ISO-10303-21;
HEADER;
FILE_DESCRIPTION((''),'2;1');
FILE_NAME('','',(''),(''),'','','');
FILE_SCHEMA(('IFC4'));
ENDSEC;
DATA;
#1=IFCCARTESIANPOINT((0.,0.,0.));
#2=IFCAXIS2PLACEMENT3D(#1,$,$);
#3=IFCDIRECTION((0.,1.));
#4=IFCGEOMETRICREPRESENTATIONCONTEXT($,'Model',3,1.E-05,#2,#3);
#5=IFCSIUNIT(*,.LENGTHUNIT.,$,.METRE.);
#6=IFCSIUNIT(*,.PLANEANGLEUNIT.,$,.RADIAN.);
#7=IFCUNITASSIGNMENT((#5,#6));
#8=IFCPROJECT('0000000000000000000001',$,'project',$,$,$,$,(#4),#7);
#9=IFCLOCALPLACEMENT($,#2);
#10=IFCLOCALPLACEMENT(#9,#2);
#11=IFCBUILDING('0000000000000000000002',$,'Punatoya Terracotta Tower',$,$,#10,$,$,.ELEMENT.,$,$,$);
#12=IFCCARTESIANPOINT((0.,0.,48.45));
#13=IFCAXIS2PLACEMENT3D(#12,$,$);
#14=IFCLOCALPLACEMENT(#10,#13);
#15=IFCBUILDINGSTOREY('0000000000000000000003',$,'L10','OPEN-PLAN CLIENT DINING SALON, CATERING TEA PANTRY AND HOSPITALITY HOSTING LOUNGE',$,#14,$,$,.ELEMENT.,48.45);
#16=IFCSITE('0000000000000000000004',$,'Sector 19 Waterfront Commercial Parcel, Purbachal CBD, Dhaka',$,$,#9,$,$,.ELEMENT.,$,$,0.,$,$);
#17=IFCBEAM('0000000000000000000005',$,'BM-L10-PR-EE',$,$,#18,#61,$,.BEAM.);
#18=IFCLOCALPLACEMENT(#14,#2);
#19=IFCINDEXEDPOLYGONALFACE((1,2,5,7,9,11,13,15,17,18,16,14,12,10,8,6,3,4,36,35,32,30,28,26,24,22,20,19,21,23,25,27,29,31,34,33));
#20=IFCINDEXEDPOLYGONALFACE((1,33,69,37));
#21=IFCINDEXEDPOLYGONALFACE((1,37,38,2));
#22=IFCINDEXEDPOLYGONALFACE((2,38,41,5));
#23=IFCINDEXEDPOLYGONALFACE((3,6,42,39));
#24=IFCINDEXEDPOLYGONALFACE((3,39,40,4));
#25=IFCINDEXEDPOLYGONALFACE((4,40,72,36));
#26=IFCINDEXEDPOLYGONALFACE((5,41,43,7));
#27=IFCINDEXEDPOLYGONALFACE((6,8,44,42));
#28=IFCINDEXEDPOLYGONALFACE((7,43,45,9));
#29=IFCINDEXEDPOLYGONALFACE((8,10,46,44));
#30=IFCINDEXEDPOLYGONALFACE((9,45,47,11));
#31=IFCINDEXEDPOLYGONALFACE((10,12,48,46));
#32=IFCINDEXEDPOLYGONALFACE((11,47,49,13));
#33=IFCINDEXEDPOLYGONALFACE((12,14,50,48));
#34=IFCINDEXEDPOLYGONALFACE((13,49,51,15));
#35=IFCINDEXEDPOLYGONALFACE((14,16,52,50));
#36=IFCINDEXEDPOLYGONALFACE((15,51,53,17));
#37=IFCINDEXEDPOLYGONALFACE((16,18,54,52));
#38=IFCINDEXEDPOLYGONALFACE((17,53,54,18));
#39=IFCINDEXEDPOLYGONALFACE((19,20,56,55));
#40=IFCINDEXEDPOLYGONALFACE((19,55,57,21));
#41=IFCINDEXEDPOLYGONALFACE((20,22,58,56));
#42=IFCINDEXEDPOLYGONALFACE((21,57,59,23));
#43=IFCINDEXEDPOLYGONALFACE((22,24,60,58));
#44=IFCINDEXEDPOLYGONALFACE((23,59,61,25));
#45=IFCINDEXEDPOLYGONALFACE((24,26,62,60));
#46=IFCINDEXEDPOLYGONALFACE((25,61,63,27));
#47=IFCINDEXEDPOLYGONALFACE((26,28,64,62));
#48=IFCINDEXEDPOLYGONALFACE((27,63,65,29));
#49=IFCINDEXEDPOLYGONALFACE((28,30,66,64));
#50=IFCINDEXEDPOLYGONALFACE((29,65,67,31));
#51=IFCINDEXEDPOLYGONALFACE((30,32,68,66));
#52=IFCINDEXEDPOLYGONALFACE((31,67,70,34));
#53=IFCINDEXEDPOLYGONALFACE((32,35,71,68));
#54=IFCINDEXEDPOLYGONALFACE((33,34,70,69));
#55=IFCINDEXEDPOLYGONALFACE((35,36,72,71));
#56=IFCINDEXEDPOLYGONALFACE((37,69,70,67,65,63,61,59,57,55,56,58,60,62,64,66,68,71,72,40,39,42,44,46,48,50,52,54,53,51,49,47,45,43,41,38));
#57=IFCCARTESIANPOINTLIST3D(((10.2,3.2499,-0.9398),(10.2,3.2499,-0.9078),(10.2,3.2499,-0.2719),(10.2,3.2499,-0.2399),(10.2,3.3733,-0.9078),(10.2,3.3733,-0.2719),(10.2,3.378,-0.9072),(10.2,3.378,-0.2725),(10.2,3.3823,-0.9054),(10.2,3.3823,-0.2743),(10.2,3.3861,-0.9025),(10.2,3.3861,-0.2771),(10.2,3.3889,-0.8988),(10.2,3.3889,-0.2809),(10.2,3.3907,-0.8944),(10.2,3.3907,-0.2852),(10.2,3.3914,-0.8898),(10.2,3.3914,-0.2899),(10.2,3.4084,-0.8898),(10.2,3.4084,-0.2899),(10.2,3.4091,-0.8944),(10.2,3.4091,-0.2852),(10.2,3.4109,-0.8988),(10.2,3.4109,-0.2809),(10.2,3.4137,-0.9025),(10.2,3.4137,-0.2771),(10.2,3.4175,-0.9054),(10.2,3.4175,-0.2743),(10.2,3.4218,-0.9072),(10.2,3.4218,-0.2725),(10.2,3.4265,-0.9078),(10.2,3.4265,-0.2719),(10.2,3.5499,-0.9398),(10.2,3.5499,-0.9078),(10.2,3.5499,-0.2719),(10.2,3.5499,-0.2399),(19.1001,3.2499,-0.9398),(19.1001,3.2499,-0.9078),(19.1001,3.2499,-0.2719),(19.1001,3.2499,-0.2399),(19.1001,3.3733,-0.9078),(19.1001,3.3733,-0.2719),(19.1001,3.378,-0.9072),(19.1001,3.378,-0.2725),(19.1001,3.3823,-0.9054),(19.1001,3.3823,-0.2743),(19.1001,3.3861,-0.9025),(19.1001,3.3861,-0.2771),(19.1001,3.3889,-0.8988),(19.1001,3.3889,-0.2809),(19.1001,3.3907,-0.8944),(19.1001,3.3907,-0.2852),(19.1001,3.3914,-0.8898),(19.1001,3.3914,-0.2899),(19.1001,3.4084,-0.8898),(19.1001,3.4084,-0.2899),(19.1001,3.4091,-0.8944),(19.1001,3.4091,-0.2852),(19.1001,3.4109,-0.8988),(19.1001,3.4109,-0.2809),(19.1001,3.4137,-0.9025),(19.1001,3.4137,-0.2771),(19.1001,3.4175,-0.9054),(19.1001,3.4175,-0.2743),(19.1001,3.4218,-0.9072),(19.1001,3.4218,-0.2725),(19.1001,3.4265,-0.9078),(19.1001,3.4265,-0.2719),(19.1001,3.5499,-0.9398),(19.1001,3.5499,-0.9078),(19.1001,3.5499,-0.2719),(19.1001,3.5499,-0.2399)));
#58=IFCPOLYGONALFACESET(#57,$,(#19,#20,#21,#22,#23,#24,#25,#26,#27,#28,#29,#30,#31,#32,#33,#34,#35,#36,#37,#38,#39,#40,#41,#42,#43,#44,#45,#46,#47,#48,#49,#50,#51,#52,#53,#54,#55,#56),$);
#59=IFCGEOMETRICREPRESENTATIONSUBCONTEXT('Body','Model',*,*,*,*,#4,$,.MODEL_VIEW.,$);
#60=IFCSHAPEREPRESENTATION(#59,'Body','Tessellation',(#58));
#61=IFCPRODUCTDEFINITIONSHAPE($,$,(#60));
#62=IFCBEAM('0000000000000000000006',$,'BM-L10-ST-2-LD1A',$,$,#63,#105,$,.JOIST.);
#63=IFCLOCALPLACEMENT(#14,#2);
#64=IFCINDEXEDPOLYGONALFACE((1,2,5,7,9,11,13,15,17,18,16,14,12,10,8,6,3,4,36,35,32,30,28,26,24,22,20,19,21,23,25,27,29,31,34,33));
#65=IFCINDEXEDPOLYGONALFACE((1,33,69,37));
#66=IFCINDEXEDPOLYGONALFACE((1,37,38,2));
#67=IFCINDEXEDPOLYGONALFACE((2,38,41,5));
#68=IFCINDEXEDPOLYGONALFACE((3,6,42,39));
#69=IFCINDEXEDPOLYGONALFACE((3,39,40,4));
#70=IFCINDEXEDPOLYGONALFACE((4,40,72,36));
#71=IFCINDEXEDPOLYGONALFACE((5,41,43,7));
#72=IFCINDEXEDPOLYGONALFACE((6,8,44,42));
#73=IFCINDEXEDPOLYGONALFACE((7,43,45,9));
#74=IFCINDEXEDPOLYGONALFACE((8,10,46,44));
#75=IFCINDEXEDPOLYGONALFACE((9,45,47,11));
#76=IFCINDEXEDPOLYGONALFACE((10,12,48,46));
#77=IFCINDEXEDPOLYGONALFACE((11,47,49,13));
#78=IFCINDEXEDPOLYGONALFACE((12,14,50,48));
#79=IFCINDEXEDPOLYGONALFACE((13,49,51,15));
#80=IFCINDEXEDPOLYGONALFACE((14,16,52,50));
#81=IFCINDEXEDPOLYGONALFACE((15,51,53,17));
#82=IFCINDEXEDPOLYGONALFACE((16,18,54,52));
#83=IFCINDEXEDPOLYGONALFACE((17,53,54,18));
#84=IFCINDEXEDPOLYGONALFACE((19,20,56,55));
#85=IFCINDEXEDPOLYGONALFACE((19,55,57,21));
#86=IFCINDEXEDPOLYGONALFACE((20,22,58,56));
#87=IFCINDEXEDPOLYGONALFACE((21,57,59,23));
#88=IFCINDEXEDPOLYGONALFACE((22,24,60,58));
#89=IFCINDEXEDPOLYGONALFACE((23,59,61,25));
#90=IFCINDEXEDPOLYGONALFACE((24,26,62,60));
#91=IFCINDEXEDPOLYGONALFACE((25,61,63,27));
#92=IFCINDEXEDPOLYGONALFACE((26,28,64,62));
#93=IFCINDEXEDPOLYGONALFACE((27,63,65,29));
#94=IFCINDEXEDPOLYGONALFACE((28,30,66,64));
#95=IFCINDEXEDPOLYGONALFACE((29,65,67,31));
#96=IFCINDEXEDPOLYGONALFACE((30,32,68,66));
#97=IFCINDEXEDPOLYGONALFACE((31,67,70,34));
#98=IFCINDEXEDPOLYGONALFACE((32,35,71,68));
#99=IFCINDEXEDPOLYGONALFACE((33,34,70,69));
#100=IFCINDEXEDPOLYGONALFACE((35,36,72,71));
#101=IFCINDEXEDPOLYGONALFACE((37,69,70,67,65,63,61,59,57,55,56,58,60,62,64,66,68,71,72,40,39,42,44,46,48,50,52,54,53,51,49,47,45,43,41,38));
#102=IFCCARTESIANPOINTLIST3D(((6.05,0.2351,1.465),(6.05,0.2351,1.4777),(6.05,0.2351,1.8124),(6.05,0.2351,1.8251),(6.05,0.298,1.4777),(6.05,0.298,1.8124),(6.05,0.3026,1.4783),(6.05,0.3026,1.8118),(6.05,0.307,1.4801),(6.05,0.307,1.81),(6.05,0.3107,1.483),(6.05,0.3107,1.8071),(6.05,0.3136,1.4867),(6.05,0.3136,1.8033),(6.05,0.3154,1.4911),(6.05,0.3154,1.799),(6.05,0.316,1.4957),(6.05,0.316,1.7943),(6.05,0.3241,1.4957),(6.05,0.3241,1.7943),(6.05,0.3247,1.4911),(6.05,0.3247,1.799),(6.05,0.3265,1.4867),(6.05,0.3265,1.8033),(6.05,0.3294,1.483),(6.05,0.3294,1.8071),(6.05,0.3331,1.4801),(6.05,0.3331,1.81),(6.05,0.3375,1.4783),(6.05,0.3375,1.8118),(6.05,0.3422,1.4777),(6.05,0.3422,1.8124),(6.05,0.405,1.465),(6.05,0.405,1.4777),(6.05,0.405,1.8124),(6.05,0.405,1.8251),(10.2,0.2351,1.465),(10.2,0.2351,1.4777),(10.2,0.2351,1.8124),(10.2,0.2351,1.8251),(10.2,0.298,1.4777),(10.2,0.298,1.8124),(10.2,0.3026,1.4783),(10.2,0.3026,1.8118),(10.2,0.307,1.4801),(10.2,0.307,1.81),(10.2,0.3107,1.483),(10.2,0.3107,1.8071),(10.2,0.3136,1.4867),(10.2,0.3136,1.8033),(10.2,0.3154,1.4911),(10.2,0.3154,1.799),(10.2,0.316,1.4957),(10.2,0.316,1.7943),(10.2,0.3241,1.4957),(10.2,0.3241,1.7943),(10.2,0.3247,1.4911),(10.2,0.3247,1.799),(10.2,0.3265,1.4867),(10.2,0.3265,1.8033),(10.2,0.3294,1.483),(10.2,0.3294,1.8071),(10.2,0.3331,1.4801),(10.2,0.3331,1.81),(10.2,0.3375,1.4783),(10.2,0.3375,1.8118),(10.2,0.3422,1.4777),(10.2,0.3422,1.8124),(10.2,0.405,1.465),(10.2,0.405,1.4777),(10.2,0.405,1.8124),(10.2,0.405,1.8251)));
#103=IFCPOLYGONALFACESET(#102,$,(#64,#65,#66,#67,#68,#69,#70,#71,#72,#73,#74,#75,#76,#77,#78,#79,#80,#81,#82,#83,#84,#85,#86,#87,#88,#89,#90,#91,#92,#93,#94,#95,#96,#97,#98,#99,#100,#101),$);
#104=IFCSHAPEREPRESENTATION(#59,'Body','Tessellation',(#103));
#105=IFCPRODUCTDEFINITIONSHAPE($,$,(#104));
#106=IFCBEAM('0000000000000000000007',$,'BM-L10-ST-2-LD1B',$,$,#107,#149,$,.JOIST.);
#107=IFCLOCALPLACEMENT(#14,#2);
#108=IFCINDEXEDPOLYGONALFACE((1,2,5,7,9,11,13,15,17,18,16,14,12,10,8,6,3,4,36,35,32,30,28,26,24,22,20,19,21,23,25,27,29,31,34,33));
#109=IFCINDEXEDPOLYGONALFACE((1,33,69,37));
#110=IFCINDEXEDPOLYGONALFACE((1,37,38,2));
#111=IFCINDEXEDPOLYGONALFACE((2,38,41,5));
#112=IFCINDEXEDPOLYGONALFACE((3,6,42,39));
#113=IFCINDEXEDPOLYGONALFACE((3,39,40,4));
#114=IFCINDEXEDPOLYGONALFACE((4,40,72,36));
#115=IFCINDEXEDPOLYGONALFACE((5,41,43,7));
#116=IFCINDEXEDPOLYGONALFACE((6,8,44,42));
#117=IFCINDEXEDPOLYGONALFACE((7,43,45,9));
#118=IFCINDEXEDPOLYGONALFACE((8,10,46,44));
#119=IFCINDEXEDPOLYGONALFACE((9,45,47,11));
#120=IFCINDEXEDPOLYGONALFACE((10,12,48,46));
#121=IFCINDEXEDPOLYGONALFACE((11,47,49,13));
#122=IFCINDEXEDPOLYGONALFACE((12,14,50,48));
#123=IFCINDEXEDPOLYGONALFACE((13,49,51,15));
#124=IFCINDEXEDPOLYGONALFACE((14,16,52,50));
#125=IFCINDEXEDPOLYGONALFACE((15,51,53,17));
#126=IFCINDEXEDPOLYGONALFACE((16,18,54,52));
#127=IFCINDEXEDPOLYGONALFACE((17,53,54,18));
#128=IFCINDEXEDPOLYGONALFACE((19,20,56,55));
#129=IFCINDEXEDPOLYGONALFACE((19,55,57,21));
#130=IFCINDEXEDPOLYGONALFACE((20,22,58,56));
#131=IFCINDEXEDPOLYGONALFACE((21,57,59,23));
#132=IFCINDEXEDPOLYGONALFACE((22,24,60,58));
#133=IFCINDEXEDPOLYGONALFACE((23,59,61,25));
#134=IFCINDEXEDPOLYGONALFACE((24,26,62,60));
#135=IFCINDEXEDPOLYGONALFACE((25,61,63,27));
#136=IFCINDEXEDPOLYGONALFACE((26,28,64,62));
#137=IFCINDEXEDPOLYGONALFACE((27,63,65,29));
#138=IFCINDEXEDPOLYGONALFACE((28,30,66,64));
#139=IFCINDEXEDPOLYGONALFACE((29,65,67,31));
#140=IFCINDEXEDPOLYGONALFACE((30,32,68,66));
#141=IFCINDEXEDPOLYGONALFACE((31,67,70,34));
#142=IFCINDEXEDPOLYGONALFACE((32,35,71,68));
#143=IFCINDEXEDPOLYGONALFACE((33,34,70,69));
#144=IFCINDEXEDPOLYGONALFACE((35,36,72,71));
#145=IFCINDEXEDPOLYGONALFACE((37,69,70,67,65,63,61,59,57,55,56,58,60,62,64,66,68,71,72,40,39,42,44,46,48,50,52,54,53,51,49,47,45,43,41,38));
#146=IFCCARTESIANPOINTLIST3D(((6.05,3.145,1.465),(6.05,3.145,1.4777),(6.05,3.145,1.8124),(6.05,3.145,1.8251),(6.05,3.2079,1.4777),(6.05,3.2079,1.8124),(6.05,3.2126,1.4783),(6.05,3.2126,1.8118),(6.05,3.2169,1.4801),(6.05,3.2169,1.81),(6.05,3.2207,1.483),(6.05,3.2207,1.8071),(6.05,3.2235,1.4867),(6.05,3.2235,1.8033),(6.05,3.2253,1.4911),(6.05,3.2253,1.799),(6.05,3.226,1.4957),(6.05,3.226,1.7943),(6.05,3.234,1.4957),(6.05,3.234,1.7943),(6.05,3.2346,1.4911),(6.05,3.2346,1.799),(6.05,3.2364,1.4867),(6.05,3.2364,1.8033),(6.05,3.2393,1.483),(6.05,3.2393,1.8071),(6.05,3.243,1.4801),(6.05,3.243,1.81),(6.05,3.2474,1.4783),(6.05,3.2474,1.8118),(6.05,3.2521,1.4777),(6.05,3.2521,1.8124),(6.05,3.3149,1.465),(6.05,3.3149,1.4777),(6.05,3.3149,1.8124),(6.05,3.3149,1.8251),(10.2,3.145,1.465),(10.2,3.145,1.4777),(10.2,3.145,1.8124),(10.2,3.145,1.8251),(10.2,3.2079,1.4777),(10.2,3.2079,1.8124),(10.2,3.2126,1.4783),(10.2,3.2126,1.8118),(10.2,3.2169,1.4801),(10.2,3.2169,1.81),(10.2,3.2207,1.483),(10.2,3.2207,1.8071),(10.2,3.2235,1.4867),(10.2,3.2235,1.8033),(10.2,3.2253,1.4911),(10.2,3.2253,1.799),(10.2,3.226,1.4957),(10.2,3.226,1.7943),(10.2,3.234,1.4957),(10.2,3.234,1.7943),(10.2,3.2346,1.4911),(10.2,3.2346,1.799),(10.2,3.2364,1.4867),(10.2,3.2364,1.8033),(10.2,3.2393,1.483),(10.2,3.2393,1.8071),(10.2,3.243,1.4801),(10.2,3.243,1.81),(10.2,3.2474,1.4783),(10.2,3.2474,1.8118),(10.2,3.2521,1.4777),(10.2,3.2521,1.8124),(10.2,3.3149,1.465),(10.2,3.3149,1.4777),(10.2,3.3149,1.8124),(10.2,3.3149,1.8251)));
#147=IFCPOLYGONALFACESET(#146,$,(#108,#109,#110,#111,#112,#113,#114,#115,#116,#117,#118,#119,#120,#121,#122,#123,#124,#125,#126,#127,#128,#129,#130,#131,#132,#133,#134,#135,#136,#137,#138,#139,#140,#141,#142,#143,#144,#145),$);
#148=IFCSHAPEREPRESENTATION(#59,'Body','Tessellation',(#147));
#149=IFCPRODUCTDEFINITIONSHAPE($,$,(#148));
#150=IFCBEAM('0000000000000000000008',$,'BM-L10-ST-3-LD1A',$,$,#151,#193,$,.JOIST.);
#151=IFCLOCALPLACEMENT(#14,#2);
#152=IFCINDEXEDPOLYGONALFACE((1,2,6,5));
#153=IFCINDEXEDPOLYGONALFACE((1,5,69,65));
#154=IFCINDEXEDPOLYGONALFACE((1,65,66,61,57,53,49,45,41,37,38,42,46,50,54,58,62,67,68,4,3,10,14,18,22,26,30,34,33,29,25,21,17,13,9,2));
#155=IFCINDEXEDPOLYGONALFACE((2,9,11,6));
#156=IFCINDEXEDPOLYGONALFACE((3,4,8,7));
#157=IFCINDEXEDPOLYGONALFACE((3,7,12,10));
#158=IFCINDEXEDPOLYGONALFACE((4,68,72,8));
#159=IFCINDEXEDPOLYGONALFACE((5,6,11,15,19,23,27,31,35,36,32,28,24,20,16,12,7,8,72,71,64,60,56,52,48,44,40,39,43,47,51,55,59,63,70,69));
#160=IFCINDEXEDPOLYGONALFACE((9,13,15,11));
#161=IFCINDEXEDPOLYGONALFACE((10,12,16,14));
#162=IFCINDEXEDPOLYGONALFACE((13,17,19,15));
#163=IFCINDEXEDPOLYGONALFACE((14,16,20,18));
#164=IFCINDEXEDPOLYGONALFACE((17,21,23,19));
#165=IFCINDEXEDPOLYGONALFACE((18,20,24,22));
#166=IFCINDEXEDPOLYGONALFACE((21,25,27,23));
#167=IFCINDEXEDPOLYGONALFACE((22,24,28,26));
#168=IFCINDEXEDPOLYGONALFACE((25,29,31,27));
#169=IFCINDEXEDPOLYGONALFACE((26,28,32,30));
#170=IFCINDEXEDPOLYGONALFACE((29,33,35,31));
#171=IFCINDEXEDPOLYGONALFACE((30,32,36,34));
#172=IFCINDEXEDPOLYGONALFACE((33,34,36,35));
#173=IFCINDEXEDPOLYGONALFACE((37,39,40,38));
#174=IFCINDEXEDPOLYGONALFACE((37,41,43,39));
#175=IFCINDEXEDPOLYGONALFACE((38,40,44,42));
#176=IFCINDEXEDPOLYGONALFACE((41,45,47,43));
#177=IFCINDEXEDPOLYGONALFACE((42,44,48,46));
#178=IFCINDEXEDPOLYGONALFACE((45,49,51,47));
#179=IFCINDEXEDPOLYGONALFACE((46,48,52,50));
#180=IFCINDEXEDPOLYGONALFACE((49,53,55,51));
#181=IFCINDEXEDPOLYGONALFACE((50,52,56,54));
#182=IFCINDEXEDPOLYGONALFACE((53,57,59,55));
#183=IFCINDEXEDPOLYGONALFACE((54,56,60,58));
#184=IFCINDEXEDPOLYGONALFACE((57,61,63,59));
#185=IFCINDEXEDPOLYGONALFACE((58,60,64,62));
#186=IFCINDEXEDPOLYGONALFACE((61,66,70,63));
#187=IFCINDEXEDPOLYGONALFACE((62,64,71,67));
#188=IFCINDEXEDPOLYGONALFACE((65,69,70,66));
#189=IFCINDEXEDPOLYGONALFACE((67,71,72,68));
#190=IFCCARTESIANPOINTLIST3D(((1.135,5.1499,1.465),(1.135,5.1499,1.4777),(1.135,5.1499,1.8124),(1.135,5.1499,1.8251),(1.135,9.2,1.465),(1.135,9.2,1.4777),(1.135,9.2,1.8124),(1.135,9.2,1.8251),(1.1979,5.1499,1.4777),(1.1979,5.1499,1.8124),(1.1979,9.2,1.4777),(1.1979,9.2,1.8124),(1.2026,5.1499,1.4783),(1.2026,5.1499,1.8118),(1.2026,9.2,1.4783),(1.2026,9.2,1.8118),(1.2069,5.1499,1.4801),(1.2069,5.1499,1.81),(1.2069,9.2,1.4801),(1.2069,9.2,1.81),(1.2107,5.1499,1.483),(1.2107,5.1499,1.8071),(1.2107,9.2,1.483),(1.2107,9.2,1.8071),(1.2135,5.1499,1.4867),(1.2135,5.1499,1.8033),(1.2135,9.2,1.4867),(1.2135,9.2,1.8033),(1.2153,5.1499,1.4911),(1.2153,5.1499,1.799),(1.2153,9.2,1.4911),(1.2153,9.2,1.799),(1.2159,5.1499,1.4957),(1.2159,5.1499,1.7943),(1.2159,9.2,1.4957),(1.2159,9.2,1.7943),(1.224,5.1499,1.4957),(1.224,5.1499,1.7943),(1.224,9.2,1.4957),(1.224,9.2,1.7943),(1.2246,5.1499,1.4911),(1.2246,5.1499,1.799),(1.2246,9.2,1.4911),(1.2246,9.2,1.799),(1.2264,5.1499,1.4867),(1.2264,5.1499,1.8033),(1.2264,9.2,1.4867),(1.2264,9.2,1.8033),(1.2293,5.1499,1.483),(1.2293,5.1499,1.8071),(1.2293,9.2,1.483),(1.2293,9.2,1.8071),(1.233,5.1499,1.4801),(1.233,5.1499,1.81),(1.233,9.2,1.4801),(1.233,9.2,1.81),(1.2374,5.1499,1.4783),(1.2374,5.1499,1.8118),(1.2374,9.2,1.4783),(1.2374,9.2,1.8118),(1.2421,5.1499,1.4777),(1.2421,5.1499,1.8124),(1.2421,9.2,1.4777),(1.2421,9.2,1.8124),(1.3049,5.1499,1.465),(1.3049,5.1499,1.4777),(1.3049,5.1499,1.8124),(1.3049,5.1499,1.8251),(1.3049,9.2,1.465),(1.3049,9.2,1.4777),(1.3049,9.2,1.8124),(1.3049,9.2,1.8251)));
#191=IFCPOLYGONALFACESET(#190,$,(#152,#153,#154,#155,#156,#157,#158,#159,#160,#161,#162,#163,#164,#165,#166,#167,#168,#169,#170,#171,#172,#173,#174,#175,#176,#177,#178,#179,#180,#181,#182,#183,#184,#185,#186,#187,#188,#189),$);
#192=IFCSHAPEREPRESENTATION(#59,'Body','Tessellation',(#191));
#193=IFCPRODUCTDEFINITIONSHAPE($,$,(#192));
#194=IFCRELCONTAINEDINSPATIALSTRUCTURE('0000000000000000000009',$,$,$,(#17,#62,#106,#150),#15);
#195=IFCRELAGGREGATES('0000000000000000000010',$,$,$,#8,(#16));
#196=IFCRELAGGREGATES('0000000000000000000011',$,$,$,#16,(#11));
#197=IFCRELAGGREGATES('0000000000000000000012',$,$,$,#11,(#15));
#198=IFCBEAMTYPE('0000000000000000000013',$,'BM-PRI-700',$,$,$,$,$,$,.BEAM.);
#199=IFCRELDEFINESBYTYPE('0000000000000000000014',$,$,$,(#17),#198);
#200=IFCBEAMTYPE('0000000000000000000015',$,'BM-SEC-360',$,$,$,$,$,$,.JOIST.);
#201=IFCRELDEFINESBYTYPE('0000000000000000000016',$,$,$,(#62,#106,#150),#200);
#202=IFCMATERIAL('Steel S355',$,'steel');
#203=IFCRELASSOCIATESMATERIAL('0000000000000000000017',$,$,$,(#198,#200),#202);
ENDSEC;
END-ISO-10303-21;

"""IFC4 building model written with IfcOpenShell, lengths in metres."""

from ifc_helpers import new_model, si_unit, direction, frame, origin, origin_2d, place, context, subcontext, project, spatial, i_section, extrude, material, material_profile, profile_set, type_object, element, save


model = new_model("IFC4")

# Units and contexts
model_context = context("Model", 3, precision=1e-05, world=origin(), true_north=direction((0.0, 1.0)))
body_context = subcontext(model_context, "Body", "Model", "MODEL_VIEW")
ifc_project = project(units=[si_unit("LENGTHUNIT", "METRE"), si_unit("PLANEANGLEUNIT", "RADIAN")], contexts=[model_context])

# Site, building, storey
site_placement = place(None, origin())
site = spatial("IfcSite", under=ifc_project, at=site_placement, Name="Sector 19 Waterfront Commercial Parcel, Purbachal CBD, Dhaka", CompositionType="ELEMENT", RefElevation=0.0)
building_placement = place(site_placement, origin())
building = spatial("IfcBuilding", under=site, at=building_placement, Name="Punatoya Terracotta Tower", CompositionType="ELEMENT")
storey_placement = place(building_placement, frame((0.0, 0.0, 48.45)))
storey = spatial("IfcBuildingStorey", under=building, at=storey_placement, Name="L10", Description="OPEN-PLAN CLIENT DINING SALON, CATERING TEA PANTRY AND HOSPITALITY HOSTING LOUNGE", CompositionType="ELEMENT", Elevation=48.45)

# Beams
ifc_material_1 = material(Name="Steel S355", Category="steel")
ifc_material_profile_1 = material_profile(ifc_material_1, i_section(OverallWidth=0.3, OverallDepth=0.7, WebThickness=0.0171, FlangeThickness=0.032, FilletRadius=0.0181, at=origin_2d()))
ifc_profile_set_1 = profile_set([ifc_material_profile_1], Name="Steel S355")
beam_type_1 = type_object("IfcBeamType", Name="BM-PRI-700", PredefinedType="BEAM", material=ifc_profile_set_1)
beam_1_placement = place(storey_placement, frame((10.2, 3.3999, -0.5898), z_axis=(1.0, 0.0, 0.0), x_axis=(0.0, 1.0, 0.0)))
element("IfcBeam", 1, at=beam_1_placement, inside=storey, type_object=beam_type_1, Name="BM-L10-PR-EE", PredefinedType="BEAM", context=body_context, shape_type="SweptSolid", body=[
    extrude(i_section(OverallWidth=0.3, OverallDepth=0.7, WebThickness=0.0171, FlangeThickness=0.032, FilletRadius=0.0181, at=origin_2d()), origin(), (0.0, 0.0, 1.0), 8.9001),
])
ifc_material_profile_2 = material_profile(ifc_material_1, i_section(OverallWidth=0.1699, OverallDepth=0.3601, WebThickness=0.0081, FlangeThickness=0.0127, FilletRadius=0.0181, at=origin_2d()))
ifc_profile_set_2 = profile_set([ifc_material_profile_2], Name="Steel S355")
beam_type_2 = type_object("IfcBeamType", Name="BM-SEC-360", PredefinedType="JOIST", material=ifc_profile_set_2)
for number, where, z_axis, x_axis, name in (
    (2, (6.05, 0.3201, 1.645), (1.0, 0.0, 0.0), (0.0, 1.0, 0.0), "BM-L10-ST-2-LD1A"),
    (3, (6.05, 3.23, 1.645), (1.0, 0.0, 0.0), (0.0, 1.0, 0.0), "BM-L10-ST-2-LD1B"),
):
    element("IfcBeam", number, at=place(storey_placement, frame(where, z_axis=z_axis, x_axis=x_axis)), inside=storey, type_object=beam_type_2, Name=name, PredefinedType="JOIST", context=body_context, shape_type="SweptSolid", body=[
        extrude(i_section(OverallWidth=0.1699, OverallDepth=0.3601, WebThickness=0.0081, FlangeThickness=0.0127, FilletRadius=0.0181, at=origin_2d()), origin(), (0.0, 0.0, 1.0), 4.1499),
    ])
beam_2_placement = place(storey_placement, frame((1.22, 5.1499, 1.645), z_axis=(0.0, 1.0, 0.0), x_axis=(-1.0, 0.0, 0.0)))
element("IfcBeam", 4, at=beam_2_placement, inside=storey, type_object=beam_type_2, Name="BM-L10-ST-3-LD1A", PredefinedType="JOIST", context=body_context, shape_type="SweptSolid", body=[
    extrude(i_section(OverallWidth=0.1699, OverallDepth=0.3601, WebThickness=0.0081, FlangeThickness=0.0127, FilletRadius=0.0181, at=origin_2d()), origin(), (0.0, 0.0, 1.0), 4.05),
])

save(model, "model.ifc")
